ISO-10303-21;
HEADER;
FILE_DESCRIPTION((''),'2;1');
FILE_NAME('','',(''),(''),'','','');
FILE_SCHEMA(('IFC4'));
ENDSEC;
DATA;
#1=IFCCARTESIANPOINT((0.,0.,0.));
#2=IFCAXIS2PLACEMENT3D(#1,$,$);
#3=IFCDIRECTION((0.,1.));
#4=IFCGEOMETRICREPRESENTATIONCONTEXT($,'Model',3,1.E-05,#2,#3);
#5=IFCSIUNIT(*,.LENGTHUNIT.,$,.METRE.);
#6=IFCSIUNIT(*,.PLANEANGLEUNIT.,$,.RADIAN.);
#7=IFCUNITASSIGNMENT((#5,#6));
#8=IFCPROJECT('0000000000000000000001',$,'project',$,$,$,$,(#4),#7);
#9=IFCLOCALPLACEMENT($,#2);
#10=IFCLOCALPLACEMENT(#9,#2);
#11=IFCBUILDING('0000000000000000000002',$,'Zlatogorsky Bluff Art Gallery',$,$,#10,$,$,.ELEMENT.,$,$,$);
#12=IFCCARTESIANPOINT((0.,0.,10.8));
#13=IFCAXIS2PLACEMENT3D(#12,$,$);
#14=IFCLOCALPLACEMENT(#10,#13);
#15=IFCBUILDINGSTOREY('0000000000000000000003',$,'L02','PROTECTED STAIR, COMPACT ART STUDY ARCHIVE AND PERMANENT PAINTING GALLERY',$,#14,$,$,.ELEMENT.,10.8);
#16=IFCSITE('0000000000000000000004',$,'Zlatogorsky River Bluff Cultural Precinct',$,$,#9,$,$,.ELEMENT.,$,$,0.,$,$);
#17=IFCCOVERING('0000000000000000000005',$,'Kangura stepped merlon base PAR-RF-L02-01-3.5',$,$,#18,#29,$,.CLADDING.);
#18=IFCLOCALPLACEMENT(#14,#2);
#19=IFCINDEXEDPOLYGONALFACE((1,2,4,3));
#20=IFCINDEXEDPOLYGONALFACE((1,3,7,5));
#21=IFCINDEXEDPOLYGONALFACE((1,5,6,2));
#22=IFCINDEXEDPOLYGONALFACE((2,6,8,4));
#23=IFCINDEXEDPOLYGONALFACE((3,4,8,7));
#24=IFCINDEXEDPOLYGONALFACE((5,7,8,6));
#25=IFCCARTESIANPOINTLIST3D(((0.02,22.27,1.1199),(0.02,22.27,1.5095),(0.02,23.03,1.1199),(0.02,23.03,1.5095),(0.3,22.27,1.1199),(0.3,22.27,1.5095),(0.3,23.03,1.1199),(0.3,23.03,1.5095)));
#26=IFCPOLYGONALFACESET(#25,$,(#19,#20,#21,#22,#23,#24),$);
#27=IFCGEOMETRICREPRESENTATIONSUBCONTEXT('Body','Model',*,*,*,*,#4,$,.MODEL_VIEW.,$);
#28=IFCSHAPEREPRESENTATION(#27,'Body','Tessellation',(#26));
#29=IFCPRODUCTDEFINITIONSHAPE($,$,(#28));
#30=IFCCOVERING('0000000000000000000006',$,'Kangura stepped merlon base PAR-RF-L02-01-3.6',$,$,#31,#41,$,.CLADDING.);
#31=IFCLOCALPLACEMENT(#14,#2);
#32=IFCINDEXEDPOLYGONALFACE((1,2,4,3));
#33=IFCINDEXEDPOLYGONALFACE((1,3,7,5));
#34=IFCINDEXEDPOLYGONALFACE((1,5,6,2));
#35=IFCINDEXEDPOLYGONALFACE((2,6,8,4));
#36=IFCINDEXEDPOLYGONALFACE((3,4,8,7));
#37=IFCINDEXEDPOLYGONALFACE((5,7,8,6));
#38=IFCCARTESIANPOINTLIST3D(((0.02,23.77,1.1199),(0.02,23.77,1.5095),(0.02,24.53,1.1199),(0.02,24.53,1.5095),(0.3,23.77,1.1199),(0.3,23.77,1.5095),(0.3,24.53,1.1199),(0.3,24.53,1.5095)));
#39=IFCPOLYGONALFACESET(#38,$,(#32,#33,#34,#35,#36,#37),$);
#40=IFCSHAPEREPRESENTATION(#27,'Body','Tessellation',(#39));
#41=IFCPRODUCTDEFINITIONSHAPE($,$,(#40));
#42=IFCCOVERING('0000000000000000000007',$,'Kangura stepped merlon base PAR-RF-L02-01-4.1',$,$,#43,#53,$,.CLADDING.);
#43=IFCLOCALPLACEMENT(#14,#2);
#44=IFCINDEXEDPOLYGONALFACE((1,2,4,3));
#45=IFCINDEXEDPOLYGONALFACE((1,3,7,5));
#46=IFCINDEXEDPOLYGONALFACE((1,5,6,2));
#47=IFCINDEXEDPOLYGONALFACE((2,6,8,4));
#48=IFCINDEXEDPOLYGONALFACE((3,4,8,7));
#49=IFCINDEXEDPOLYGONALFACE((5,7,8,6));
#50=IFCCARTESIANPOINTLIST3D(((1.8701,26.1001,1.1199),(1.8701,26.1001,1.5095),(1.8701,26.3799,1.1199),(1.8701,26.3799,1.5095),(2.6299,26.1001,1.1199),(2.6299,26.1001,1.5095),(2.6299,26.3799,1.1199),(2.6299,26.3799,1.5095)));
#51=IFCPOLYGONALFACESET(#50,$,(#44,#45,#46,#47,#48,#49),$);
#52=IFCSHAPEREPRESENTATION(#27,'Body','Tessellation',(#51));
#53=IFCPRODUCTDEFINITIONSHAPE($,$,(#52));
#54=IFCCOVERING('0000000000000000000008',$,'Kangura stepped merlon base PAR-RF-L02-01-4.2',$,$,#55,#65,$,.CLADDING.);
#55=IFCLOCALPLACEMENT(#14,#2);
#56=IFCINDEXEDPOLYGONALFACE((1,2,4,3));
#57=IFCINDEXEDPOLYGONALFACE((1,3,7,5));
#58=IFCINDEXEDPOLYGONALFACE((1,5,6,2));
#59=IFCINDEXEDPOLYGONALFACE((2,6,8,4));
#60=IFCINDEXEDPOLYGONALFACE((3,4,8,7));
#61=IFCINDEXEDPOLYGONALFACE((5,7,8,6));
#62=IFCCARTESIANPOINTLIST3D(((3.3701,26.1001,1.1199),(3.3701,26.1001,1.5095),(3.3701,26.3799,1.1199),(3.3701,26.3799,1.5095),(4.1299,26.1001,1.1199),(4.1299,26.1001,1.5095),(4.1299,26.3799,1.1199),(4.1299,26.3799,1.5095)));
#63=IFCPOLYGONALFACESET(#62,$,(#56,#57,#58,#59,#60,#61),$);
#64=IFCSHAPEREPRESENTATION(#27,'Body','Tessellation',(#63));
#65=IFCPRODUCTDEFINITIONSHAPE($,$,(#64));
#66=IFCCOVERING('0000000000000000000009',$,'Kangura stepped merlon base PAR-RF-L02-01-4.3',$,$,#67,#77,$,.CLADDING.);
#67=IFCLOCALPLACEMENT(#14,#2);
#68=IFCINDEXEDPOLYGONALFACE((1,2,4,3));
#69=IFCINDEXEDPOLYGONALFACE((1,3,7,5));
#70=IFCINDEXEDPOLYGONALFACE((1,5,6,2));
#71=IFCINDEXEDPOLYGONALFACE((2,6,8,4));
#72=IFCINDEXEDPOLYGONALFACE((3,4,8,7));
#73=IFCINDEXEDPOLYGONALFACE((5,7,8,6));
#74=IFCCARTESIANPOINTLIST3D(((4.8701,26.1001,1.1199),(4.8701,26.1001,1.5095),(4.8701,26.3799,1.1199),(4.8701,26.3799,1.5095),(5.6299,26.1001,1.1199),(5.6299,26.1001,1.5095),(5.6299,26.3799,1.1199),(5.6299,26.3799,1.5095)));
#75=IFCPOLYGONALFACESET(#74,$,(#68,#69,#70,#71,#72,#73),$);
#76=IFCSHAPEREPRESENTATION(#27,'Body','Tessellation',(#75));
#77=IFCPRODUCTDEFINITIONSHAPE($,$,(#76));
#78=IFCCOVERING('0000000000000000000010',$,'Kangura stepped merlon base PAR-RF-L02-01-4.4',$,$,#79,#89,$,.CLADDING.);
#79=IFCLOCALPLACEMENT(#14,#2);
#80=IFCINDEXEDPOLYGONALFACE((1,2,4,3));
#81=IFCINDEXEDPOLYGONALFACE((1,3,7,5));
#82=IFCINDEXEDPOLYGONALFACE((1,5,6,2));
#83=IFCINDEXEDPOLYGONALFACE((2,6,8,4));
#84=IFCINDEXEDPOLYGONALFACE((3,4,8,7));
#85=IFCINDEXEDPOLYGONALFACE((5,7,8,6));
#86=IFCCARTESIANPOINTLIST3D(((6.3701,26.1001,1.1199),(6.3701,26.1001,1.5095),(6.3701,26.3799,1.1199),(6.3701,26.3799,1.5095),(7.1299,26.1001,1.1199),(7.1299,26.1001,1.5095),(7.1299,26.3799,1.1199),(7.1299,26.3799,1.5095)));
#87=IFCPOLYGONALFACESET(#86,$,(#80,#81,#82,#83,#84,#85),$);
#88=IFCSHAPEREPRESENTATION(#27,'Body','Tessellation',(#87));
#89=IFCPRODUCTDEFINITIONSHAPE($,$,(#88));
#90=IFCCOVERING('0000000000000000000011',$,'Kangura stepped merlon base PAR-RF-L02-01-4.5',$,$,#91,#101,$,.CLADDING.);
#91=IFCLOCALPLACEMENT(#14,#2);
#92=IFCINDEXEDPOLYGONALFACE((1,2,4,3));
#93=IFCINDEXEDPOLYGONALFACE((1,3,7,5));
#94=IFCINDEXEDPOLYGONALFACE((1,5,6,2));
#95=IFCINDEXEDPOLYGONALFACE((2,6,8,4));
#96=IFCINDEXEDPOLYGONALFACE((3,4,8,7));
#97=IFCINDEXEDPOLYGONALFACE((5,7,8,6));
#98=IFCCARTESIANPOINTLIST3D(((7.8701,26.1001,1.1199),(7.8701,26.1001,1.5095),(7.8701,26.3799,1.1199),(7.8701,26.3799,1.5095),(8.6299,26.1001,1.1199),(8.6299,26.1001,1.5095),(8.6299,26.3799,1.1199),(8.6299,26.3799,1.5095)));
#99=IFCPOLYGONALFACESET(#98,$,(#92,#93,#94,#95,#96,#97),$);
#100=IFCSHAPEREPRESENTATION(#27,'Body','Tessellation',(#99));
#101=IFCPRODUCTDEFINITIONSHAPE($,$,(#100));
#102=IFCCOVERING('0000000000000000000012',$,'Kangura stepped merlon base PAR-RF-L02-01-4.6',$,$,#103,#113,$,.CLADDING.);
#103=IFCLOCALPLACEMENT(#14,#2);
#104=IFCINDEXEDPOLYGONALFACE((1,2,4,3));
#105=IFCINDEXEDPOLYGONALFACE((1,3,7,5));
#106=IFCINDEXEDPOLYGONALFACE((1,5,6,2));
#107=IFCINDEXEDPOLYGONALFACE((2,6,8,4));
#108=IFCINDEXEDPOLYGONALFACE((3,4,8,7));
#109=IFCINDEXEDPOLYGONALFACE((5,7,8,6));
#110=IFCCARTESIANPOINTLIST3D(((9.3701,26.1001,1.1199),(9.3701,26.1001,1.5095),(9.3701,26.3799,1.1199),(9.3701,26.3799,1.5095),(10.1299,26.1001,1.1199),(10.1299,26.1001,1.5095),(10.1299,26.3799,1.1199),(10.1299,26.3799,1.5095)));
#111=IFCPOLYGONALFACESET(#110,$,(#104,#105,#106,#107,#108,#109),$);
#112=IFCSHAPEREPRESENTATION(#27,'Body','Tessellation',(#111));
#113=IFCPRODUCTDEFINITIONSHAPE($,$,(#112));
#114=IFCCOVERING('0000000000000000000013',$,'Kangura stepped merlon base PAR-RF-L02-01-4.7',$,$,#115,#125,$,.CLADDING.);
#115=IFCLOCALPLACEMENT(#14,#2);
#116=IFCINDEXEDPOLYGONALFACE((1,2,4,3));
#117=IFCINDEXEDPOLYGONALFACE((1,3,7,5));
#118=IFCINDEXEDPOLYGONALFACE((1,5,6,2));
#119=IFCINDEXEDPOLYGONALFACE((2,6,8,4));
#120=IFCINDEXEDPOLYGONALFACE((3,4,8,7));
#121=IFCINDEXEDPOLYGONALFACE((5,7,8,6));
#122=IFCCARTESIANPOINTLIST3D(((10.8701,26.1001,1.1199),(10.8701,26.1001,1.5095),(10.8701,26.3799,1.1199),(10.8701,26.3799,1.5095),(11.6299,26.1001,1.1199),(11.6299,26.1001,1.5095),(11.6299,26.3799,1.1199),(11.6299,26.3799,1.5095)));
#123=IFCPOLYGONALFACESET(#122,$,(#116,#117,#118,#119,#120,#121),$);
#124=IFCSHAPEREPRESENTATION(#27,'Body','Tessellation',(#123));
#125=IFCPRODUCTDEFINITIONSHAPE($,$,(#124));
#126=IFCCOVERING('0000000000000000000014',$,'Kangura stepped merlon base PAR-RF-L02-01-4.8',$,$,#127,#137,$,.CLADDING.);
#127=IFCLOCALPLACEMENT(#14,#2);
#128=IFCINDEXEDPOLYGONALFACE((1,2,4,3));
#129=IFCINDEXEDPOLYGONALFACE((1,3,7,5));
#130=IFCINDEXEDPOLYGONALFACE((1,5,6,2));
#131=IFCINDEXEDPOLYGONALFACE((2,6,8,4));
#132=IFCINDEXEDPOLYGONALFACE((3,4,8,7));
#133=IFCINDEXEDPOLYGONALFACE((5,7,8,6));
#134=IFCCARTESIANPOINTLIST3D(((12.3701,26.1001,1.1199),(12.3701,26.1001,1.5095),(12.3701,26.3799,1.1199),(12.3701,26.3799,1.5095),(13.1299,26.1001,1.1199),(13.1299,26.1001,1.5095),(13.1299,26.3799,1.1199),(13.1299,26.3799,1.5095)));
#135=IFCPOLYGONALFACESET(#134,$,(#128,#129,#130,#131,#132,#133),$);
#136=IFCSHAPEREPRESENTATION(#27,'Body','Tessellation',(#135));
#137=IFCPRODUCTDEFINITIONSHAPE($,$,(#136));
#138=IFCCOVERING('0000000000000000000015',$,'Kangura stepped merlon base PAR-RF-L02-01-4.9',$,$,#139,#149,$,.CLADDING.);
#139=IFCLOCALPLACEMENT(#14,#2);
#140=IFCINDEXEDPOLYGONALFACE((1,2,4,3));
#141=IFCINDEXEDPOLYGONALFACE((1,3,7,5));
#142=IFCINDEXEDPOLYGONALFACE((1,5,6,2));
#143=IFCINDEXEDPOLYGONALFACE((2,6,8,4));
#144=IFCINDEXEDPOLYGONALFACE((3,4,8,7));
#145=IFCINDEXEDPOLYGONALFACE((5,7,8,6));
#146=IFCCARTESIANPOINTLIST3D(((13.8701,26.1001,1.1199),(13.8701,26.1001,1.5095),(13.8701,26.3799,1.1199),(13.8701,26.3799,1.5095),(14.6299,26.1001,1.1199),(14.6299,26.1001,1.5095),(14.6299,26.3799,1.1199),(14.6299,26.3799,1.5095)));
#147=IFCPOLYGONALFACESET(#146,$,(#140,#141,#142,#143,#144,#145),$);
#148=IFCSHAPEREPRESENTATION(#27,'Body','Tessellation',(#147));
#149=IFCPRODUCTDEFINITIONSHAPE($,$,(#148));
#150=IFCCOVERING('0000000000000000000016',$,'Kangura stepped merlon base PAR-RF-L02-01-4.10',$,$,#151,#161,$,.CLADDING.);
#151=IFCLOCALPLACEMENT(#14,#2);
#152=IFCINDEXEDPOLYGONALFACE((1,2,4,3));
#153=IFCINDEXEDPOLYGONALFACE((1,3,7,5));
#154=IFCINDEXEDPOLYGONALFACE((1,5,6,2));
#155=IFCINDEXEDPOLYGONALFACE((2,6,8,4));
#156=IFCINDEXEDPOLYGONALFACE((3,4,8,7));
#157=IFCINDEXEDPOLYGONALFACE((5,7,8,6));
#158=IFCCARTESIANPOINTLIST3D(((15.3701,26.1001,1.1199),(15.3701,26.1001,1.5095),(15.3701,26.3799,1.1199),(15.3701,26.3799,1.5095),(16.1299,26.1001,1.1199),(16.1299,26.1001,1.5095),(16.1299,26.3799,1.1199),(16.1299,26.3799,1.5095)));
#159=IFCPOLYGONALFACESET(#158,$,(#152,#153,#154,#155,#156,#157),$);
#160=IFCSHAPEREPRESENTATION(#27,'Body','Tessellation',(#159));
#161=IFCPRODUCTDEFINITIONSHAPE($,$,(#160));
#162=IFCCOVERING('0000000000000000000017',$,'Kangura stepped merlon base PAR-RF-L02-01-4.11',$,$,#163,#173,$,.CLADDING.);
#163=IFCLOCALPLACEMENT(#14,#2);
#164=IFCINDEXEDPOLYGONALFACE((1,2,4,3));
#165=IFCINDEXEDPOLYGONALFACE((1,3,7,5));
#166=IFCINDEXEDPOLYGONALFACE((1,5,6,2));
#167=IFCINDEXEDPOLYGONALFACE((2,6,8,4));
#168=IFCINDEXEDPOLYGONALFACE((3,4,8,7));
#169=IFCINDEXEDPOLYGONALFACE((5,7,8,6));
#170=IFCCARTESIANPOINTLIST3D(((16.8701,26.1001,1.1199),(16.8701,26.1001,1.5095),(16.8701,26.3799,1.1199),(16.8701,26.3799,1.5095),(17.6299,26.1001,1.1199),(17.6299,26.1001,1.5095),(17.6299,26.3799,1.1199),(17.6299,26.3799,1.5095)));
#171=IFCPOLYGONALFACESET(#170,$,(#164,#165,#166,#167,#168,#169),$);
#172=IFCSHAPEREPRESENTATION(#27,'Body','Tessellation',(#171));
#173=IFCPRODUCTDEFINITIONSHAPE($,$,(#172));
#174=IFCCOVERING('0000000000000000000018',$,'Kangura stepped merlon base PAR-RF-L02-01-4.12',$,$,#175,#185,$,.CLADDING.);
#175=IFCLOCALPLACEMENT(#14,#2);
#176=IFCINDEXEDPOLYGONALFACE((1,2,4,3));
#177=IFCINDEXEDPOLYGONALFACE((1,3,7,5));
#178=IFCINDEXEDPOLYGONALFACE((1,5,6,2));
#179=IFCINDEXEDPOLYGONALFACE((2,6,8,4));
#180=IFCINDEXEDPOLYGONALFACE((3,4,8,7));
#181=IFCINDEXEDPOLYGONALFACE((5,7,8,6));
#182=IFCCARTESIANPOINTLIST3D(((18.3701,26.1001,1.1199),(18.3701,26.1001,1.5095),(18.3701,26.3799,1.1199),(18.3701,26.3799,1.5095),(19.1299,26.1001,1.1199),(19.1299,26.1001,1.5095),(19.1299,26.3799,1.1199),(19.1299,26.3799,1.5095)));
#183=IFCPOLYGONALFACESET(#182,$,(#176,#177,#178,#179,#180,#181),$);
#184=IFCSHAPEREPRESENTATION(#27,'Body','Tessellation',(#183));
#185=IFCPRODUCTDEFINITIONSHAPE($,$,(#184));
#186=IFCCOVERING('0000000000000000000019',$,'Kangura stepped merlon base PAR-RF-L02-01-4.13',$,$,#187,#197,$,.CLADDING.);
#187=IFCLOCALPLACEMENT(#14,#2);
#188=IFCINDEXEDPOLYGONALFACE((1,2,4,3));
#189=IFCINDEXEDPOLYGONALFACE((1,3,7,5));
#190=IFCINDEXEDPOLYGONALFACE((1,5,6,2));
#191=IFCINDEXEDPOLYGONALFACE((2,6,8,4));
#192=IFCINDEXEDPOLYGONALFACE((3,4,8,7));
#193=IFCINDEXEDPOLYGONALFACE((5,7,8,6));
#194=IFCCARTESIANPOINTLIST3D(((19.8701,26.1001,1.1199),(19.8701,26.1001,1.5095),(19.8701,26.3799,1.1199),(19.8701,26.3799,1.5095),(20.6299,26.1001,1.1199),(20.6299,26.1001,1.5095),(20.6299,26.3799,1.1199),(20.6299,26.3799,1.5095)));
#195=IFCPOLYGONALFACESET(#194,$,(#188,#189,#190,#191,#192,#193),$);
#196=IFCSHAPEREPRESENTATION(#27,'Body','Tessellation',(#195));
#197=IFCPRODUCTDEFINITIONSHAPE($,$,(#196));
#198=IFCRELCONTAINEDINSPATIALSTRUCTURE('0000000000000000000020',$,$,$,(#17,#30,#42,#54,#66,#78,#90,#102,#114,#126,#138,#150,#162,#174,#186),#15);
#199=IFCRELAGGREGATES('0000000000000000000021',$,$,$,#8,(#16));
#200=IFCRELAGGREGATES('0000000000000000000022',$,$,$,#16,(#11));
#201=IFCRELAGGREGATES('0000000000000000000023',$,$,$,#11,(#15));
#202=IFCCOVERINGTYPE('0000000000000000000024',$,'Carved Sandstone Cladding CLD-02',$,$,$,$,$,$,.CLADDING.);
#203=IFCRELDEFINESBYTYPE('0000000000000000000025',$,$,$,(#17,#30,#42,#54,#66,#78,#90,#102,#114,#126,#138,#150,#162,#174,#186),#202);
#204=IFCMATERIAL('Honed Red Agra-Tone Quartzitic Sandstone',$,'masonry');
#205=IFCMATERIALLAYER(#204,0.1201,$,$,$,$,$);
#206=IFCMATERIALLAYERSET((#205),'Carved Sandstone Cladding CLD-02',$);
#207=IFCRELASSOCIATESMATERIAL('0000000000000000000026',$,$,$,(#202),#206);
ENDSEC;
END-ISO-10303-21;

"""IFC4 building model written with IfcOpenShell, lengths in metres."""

from ifc_helpers import new_model, si_unit, direction, frame, origin, place, context, subcontext, project, spatial, polyline, outline, extrude, material, layer, layer_set, type_object, element, save


model = new_model("IFC4")

# Units and contexts
model_context = context("Model", 3, precision=1e-05, world=origin(), true_north=direction((0.0, 1.0)))
body_context = subcontext(model_context, "Body", "Model", "MODEL_VIEW")
ifc_project = project(units=[si_unit("LENGTHUNIT", "METRE"), si_unit("PLANEANGLEUNIT", "RADIAN")], contexts=[model_context])

# Site, building, storey
site_placement = place(None, origin())
site = spatial("IfcSite", under=ifc_project, at=site_placement, Name="Zlatogorsky River Bluff Cultural Precinct", CompositionType="ELEMENT", RefElevation=0.0)
building_placement = place(site_placement, origin())
building = spatial("IfcBuilding", under=site, at=building_placement, Name="Zlatogorsky Bluff Art Gallery", CompositionType="ELEMENT")
storey_placement = place(building_placement, frame((0.0, 0.0, 10.8)))
storey = spatial("IfcBuildingStorey", under=building, at=storey_placement, Name="L02", Description="PROTECTED STAIR, COMPACT ART STUDY ARCHIVE AND PERMANENT PAINTING GALLERY", CompositionType="ELEMENT", Elevation=10.8)

# Coverings
ifc_material = material(Name="Honed Red Agra-Tone Quartzitic Sandstone", Category="masonry")
ifc_layer = layer(ifc_material, 0.1201)
ifc_layer_set = layer_set([ifc_layer], Name="Carved Sandstone Cladding CLD-02")
covering_type = type_object("IfcCoveringType", Name="Carved Sandstone Cladding CLD-02", PredefinedType="CLADDING", material=ifc_layer_set)
covering_1_placement = place(storey_placement, frame((0.0, 0.0, 1.1199)))
element("IfcCovering", 1, at=covering_1_placement, inside=storey, type_object=covering_type, Name="Kangura stepped merlon base PAR-RF-L02-01-3.5", PredefinedType="CLADDING", context=body_context, shape_type="SweptSolid", body=[
    extrude(outline(polyline([(0.02, 22.27), (0.02, 23.03), (0.3, 23.03), (0.3, 22.27), (0.02, 22.27)])), origin(), (0.0, 0.0, 1.0), 0.3896),
])
covering_2_placement = place(storey_placement, frame((0.0, 0.0, 1.1199)))
element("IfcCovering", 2, at=covering_2_placement, inside=storey, type_object=covering_type, Name="Kangura stepped merlon base PAR-RF-L02-01-3.6", PredefinedType="CLADDING", context=body_context, shape_type="SweptSolid", body=[
    extrude(outline(polyline([(0.02, 23.77), (0.02, 24.53), (0.3, 24.53), (0.3, 23.77), (0.02, 23.77)])), origin(), (0.0, 0.0, 1.0), 0.3896),
])
covering_3_placement = place(storey_placement, frame((0.0, 0.0, 1.1199)))
element("IfcCovering", 3, at=covering_3_placement, inside=storey, type_object=covering_type, Name="Kangura stepped merlon base PAR-RF-L02-01-4.1", PredefinedType="CLADDING", context=body_context, shape_type="SweptSolid", body=[
    extrude(outline(polyline([(1.8701, 26.1001), (2.6299, 26.1001), (2.6299, 26.3799), (1.8701, 26.3799), (1.8701, 26.1001)])), origin(), (0.0, 0.0, 1.0), 0.3896),
])
covering_4_placement = place(storey_placement, frame((0.0, 0.0, 1.1199)))
element("IfcCovering", 4, at=covering_4_placement, inside=storey, type_object=covering_type, Name="Kangura stepped merlon base PAR-RF-L02-01-4.2", PredefinedType="CLADDING", context=body_context, shape_type="SweptSolid", body=[
    extrude(outline(polyline([(3.3701, 26.1001), (4.1299, 26.1001), (4.1299, 26.3799), (3.3701, 26.3799), (3.3701, 26.1001)])), origin(), (0.0, 0.0, 1.0), 0.3896),
])
covering_5_placement = place(storey_placement, frame((0.0, 0.0, 1.1199)))
element("IfcCovering", 5, at=covering_5_placement, inside=storey, type_object=covering_type, Name="Kangura stepped merlon base PAR-RF-L02-01-4.3", PredefinedType="CLADDING", context=body_context, shape_type="SweptSolid", body=[
    extrude(outline(polyline([(4.8701, 26.1001), (5.6299, 26.1001), (5.6299, 26.3799), (4.8701, 26.3799), (4.8701, 26.1001)])), origin(), (0.0, 0.0, 1.0), 0.3896),
])
covering_6_placement = place(storey_placement, frame((0.0, 0.0, 1.1199)))
element("IfcCovering", 6, at=covering_6_placement, inside=storey, type_object=covering_type, Name="Kangura stepped merlon base PAR-RF-L02-01-4.4", PredefinedType="CLADDING", context=body_context, shape_type="SweptSolid", body=[
    extrude(outline(polyline([(6.3701, 26.1001), (7.1299, 26.1001), (7.1299, 26.3799), (6.3701, 26.3799), (6.3701, 26.1001)])), origin(), (0.0, 0.0, 1.0), 0.3896),
])
covering_7_placement = place(storey_placement, frame((0.0, 0.0, 1.1199)))
element("IfcCovering", 7, at=covering_7_placement, inside=storey, type_object=covering_type, Name="Kangura stepped merlon base PAR-RF-L02-01-4.5", PredefinedType="CLADDING", context=body_context, shape_type="SweptSolid", body=[
    extrude(outline(polyline([(7.8701, 26.1001), (8.6299, 26.1001), (8.6299, 26.3799), (7.8701, 26.3799), (7.8701, 26.1001)])), origin(), (0.0, 0.0, 1.0), 0.3896),
])
covering_8_placement = place(storey_placement, frame((0.0, 0.0, 1.1199)))
element("IfcCovering", 8, at=covering_8_placement, inside=storey, type_object=covering_type, Name="Kangura stepped merlon base PAR-RF-L02-01-4.6", PredefinedType="CLADDING", context=body_context, shape_type="SweptSolid", body=[
    extrude(outline(polyline([(9.3701, 26.1001), (10.1299, 26.1001), (10.1299, 26.3799), (9.3701, 26.3799), (9.3701, 26.1001)])), origin(), (0.0, 0.0, 1.0), 0.3896),
])
covering_9_placement = place(storey_placement, frame((0.0, 0.0, 1.1199)))
element("IfcCovering", 9, at=covering_9_placement, inside=storey, type_object=covering_type, Name="Kangura stepped merlon base PAR-RF-L02-01-4.7", PredefinedType="CLADDING", context=body_context, shape_type="SweptSolid", body=[
    extrude(outline(polyline([(10.8701, 26.1001), (11.6299, 26.1001), (11.6299, 26.3799), (10.8701, 26.3799), (10.8701, 26.1001)])), origin(), (0.0, 0.0, 1.0), 0.3896),
])
covering_10_placement = place(storey_placement, frame((0.0, 0.0, 1.1199)))
element("IfcCovering", 10, at=covering_10_placement, inside=storey, type_object=covering_type, Name="Kangura stepped merlon base PAR-RF-L02-01-4.8", PredefinedType="CLADDING", context=body_context, shape_type="SweptSolid", body=[
    extrude(outline(polyline([(12.3701, 26.1001), (13.1299, 26.1001), (13.1299, 26.3799), (12.3701, 26.3799), (12.3701, 26.1001)])), origin(), (0.0, 0.0, 1.0), 0.3896),
])
covering_11_placement = place(storey_placement, frame((0.0, 0.0, 1.1199)))
element("IfcCovering", 11, at=covering_11_placement, inside=storey, type_object=covering_type, Name="Kangura stepped merlon base PAR-RF-L02-01-4.9", PredefinedType="CLADDING", context=body_context, shape_type="SweptSolid", body=[
    extrude(outline(polyline([(13.8701, 26.1001), (14.6299, 26.1001), (14.6299, 26.3799), (13.8701, 26.3799), (13.8701, 26.1001)])), origin(), (0.0, 0.0, 1.0), 0.3896),
])
covering_12_placement = place(storey_placement, frame((0.0, 0.0, 1.1199)))
element("IfcCovering", 12, at=covering_12_placement, inside=storey, type_object=covering_type, Name="Kangura stepped merlon base PAR-RF-L02-01-4.10", PredefinedType="CLADDING", context=body_context, shape_type="SweptSolid", body=[
    extrude(outline(polyline([(15.3701, 26.1001), (16.1299, 26.1001), (16.1299, 26.3799), (15.3701, 26.3799), (15.3701, 26.1001)])), origin(), (0.0, 0.0, 1.0), 0.3896),
])
covering_13_placement = place(storey_placement, frame((0.0, 0.0, 1.1199)))
element("IfcCovering", 13, at=covering_13_placement, inside=storey, type_object=covering_type, Name="Kangura stepped merlon base PAR-RF-L02-01-4.11", PredefinedType="CLADDING", context=body_context, shape_type="SweptSolid", body=[
    extrude(outline(polyline([(16.8701, 26.1001), (17.6299, 26.1001), (17.6299, 26.3799), (16.8701, 26.3799), (16.8701, 26.1001)])), origin(), (0.0, 0.0, 1.0), 0.3896),
])
covering_14_placement = place(storey_placement, frame((0.0, 0.0, 1.1199)))
element("IfcCovering", 14, at=covering_14_placement, inside=storey, type_object=covering_type, Name="Kangura stepped merlon base PAR-RF-L02-01-4.12", PredefinedType="CLADDING", context=body_context, shape_type="SweptSolid", body=[
    extrude(outline(polyline([(18.3701, 26.1001), (19.1299, 26.1001), (19.1299, 26.3799), (18.3701, 26.3799), (18.3701, 26.1001)])), origin(), (0.0, 0.0, 1.0), 0.3896),
])
covering_15_placement = place(storey_placement, frame((0.0, 0.0, 1.1199)))
element("IfcCovering", 15, at=covering_15_placement, inside=storey, type_object=covering_type, Name="Kangura stepped merlon base PAR-RF-L02-01-4.13", PredefinedType="CLADDING", context=body_context, shape_type="SweptSolid", body=[
    extrude(outline(polyline([(19.8701, 26.1001), (20.6299, 26.1001), (20.6299, 26.3799), (19.8701, 26.3799), (19.8701, 26.1001)])), origin(), (0.0, 0.0, 1.0), 0.3896),
])

save(model, "model.ifc")
